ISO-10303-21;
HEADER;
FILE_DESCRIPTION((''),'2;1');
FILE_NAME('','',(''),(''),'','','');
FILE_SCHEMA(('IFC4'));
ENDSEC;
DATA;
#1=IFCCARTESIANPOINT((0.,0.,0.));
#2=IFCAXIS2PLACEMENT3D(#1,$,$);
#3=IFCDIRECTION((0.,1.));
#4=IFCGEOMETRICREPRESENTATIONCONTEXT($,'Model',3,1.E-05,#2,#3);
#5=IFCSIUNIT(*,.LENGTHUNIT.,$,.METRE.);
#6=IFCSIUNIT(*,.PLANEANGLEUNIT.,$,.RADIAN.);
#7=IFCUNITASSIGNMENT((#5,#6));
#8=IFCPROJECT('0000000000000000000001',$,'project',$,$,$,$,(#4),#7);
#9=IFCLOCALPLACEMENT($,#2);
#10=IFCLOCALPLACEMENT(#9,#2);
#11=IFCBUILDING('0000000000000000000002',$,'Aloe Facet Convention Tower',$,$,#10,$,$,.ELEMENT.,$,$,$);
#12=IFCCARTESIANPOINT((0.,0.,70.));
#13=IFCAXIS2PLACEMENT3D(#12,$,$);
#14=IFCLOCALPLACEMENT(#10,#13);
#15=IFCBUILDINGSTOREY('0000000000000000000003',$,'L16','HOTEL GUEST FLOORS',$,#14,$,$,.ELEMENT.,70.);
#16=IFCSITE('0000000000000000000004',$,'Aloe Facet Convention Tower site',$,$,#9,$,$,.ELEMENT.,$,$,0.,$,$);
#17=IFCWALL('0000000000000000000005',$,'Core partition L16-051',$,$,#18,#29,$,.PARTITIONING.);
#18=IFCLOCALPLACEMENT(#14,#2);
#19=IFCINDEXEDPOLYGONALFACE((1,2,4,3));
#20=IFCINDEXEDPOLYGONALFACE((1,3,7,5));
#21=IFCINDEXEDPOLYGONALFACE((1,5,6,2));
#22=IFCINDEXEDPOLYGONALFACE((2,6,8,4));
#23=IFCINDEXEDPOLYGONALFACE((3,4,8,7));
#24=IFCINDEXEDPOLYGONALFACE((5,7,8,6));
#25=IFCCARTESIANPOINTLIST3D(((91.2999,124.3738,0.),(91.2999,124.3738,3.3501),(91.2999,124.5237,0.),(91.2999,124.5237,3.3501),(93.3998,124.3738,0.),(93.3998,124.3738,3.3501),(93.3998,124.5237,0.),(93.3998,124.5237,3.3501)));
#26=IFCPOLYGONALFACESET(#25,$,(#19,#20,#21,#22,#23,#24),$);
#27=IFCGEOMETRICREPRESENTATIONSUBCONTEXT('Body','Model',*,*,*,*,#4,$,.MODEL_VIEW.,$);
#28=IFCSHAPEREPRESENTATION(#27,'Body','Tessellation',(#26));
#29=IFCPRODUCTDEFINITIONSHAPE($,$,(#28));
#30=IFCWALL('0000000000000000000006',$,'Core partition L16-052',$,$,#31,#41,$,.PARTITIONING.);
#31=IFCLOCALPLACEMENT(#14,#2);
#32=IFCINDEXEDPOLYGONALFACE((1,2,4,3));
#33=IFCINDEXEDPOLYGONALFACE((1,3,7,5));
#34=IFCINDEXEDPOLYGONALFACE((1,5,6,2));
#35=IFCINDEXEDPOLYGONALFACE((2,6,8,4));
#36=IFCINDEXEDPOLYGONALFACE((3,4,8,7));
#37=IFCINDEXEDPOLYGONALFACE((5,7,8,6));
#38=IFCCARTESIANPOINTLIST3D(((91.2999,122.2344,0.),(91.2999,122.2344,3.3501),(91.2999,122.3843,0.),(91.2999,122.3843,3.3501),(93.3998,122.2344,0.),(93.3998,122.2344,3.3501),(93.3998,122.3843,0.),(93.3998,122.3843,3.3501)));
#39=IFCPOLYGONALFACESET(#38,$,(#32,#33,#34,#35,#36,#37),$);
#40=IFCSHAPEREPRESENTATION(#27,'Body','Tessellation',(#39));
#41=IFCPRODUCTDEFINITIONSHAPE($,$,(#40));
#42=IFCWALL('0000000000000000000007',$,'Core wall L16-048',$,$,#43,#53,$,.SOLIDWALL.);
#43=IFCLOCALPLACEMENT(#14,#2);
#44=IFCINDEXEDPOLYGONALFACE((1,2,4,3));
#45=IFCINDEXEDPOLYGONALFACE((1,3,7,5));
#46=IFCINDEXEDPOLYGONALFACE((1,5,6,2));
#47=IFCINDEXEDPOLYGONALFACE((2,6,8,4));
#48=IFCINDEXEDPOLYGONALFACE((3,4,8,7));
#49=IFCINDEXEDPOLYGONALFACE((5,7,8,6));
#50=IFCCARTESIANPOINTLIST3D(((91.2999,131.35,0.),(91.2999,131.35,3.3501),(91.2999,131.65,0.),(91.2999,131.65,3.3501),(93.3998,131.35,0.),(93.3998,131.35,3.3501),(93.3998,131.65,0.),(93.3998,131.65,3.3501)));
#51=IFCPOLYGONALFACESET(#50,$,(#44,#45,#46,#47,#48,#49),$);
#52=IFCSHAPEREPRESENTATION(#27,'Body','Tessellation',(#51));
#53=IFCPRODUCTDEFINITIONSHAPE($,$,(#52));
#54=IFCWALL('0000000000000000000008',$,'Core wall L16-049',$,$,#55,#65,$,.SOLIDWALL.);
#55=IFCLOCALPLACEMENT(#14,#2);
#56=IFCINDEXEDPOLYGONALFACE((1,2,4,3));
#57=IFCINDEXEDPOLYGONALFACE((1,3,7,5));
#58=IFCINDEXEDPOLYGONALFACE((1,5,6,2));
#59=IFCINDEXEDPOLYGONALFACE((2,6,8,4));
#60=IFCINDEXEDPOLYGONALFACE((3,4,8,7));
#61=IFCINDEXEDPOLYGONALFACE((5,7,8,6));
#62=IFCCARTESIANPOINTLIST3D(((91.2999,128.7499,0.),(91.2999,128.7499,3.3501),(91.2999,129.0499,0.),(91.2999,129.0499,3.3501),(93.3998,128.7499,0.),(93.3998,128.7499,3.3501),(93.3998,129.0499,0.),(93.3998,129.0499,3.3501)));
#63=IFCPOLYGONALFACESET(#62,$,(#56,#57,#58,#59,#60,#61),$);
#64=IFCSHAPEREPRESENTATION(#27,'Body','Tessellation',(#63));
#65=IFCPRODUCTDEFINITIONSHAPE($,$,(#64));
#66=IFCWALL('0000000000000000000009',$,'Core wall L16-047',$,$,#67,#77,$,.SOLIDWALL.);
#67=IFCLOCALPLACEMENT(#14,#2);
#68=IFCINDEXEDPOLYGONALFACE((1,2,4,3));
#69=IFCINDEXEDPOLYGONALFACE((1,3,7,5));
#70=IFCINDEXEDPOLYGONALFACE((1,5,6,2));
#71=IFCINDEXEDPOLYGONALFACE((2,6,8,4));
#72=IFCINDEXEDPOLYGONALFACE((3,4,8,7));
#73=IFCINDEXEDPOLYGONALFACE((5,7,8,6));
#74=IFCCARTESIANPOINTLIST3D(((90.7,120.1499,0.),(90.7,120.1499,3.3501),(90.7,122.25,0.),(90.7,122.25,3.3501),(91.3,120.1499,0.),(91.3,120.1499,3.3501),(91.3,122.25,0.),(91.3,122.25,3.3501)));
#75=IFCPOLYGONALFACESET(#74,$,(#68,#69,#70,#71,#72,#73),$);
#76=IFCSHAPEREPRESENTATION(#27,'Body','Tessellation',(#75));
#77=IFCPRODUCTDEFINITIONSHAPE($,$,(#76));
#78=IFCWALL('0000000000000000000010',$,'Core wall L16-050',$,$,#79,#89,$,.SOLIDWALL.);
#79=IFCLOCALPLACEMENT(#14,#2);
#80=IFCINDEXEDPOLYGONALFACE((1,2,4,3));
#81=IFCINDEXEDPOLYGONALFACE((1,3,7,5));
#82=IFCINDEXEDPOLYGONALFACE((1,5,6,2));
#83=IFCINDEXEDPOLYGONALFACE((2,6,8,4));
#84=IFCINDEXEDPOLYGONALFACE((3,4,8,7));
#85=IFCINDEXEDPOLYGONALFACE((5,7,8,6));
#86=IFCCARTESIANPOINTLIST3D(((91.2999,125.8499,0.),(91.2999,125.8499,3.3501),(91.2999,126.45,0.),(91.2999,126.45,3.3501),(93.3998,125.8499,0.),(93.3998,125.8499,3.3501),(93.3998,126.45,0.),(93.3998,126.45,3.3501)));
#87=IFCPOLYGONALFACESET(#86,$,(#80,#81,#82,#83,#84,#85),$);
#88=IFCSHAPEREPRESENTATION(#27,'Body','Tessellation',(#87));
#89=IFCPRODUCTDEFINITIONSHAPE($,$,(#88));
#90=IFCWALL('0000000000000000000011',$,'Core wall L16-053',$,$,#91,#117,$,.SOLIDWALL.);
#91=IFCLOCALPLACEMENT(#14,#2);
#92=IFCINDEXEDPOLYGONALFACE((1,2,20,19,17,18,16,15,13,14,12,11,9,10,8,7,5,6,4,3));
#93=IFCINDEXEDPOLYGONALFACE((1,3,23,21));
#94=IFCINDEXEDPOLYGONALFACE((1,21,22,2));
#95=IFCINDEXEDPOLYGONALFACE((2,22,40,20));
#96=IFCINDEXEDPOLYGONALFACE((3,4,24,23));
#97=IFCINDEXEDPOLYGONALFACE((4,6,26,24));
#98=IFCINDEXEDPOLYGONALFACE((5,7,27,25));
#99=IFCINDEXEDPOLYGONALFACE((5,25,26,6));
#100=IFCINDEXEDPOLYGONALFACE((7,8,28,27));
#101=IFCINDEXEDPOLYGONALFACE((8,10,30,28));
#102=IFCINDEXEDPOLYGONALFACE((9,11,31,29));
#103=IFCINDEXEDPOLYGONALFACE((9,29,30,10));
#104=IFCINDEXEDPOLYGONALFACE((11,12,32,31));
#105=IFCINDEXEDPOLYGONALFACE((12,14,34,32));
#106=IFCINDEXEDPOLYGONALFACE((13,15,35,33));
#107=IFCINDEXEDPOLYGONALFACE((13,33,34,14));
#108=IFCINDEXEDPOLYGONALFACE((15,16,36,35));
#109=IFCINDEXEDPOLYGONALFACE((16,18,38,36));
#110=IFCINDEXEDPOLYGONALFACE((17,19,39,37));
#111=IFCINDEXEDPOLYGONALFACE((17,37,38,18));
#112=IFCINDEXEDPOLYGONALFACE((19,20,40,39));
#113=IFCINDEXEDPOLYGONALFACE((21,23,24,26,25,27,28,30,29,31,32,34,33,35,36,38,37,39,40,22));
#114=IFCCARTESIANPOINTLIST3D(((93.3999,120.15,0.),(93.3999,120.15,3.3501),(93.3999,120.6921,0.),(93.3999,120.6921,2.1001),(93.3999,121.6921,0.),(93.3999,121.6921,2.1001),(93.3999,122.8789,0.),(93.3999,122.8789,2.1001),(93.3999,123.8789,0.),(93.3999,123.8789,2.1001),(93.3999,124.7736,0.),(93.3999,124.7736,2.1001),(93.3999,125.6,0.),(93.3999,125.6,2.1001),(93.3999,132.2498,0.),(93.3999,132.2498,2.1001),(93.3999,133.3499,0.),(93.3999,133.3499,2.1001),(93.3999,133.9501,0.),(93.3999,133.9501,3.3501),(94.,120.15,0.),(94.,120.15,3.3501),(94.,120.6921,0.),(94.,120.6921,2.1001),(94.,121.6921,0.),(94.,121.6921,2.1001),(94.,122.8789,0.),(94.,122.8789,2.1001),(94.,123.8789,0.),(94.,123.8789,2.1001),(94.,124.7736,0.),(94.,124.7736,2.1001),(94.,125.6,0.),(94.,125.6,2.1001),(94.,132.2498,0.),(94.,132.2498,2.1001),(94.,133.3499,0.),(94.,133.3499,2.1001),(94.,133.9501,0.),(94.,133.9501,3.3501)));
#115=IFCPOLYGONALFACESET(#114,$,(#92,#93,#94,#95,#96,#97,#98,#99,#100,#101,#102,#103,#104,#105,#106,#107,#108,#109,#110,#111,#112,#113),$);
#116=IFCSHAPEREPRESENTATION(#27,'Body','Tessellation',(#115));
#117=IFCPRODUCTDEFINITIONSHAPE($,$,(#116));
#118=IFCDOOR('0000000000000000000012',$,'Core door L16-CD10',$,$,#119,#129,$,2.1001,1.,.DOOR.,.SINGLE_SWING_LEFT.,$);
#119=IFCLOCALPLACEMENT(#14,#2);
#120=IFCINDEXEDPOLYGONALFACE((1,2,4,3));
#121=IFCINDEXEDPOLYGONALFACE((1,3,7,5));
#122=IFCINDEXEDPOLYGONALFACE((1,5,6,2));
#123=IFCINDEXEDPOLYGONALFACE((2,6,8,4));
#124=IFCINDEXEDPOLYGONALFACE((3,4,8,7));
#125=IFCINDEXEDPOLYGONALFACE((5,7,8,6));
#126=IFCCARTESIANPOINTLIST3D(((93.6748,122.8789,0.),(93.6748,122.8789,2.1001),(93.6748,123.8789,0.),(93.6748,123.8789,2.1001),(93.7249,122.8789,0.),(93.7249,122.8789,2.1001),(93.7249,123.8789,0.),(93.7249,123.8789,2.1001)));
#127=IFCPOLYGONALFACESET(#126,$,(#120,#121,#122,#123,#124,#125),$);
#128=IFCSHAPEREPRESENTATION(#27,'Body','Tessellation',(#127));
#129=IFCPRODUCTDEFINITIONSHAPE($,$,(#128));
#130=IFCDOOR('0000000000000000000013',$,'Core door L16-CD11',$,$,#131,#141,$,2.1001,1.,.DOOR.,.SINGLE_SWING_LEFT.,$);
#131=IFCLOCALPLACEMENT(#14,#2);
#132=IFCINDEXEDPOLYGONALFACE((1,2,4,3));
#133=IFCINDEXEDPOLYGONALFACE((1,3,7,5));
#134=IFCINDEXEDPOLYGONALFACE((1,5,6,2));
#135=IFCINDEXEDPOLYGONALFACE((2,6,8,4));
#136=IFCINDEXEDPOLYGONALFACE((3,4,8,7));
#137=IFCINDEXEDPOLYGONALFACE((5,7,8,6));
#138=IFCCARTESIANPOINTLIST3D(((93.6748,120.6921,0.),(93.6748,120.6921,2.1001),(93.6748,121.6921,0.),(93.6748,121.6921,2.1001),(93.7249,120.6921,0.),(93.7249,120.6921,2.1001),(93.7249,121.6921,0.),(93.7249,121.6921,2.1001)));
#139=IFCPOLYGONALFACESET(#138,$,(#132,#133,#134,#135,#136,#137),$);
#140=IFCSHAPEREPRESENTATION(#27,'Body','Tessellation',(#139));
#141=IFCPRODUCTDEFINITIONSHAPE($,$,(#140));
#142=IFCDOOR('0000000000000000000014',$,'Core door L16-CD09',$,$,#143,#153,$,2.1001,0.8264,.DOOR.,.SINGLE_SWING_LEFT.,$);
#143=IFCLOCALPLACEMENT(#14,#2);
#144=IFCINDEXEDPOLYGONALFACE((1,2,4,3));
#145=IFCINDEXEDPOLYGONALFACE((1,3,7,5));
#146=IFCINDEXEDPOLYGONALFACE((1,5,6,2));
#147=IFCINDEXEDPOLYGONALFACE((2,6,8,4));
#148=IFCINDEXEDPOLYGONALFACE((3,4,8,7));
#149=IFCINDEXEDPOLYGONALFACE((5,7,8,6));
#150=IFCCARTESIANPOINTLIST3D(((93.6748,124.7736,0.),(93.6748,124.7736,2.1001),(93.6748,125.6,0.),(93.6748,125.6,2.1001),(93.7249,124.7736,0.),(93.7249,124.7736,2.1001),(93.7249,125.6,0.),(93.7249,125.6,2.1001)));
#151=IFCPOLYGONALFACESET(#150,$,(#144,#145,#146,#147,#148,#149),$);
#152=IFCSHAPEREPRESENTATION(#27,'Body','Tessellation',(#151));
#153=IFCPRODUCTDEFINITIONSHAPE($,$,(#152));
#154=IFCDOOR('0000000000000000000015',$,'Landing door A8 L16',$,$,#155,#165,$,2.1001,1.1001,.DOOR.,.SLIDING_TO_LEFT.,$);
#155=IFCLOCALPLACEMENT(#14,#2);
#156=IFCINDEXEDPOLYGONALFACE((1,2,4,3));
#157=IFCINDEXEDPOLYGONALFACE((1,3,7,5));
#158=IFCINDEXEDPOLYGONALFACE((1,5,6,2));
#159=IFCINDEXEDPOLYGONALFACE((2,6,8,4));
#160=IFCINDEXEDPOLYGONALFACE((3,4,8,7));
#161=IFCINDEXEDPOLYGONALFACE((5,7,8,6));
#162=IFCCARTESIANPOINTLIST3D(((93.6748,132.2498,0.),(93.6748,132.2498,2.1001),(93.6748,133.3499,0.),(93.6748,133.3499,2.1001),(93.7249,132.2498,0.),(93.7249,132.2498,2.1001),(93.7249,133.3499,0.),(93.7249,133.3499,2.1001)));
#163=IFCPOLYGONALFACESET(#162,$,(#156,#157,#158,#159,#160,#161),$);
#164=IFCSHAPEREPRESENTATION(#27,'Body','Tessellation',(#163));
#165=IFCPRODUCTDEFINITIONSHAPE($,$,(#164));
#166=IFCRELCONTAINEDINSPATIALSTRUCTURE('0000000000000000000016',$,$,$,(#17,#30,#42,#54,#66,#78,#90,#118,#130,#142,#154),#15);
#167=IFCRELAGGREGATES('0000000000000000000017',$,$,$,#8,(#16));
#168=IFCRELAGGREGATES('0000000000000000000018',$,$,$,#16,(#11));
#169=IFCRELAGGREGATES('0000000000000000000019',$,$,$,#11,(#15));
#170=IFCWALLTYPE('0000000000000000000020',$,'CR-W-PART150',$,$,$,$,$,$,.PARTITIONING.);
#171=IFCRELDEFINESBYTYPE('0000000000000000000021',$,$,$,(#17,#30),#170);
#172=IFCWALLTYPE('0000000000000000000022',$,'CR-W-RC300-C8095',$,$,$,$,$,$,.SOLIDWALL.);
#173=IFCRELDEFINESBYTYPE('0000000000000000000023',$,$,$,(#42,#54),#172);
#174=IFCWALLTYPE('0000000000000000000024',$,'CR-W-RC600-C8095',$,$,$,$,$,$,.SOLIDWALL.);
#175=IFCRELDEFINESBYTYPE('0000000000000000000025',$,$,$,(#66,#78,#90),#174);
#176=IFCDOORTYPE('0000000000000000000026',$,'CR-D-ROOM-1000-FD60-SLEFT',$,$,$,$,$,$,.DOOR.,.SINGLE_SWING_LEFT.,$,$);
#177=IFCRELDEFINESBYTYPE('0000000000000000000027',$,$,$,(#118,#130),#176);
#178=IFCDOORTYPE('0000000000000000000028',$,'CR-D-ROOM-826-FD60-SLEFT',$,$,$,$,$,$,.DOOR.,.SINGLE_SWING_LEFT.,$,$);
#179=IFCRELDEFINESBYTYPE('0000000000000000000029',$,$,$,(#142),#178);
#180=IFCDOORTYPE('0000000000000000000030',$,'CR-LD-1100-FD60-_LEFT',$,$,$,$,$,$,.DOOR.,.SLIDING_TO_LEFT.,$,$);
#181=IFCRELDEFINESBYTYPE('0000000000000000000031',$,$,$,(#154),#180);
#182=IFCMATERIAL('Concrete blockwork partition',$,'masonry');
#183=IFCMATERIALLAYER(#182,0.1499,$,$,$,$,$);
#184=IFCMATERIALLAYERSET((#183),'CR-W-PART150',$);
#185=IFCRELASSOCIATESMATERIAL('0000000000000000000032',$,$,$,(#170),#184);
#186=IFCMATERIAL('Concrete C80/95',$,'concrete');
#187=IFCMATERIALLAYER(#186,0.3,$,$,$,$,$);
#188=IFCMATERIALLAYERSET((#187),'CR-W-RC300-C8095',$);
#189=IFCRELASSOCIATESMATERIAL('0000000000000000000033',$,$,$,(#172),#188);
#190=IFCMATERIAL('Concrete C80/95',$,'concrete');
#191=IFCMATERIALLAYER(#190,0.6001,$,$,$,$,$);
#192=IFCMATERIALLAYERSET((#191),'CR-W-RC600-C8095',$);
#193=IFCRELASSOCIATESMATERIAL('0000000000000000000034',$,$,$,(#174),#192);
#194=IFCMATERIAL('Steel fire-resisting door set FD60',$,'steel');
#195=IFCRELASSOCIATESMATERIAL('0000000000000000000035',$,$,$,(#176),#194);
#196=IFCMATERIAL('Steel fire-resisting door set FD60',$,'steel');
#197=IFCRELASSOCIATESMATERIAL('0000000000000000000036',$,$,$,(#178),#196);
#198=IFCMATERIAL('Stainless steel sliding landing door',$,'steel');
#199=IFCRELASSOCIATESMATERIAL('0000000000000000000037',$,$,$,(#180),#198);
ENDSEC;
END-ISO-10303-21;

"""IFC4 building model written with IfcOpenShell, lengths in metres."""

from ifc_helpers import new_model, si_unit, direction, frame, frame_2d, origin, place, context, subcontext, project, spatial, rectangle, extrude, material, layer, layer_set, type_object, element, fill, save


model = new_model("IFC4")

# Units and contexts
model_context = context("Model", 3, precision=1e-05, world=origin(), true_north=direction((0.0, 1.0)))
body_context = subcontext(model_context, "Body", "Model", "MODEL_VIEW")
ifc_project = project(units=[si_unit("LENGTHUNIT", "METRE"), si_unit("PLANEANGLEUNIT", "RADIAN")], contexts=[model_context])

# Site, building, storey
site_placement = place(None, origin())
site = spatial("IfcSite", under=ifc_project, at=site_placement, Name="Aloe Facet Convention Tower site", CompositionType="ELEMENT", RefElevation=0.0)
building_placement = place(site_placement, origin())
building = spatial("IfcBuilding", under=site, at=building_placement, Name="Aloe Facet Convention Tower", CompositionType="ELEMENT")
storey_placement = place(building_placement, frame((0.0, 0.0, 70.0)))
storey = spatial("IfcBuildingStorey", under=building, at=storey_placement, Name="L16", Description="HOTEL GUEST FLOORS", CompositionType="ELEMENT", Elevation=70.0)

# Walls
ifc_material_1 = material(Name="Concrete blockwork partition", Category="masonry")
ifc_layer_1 = layer(ifc_material_1, 0.1499)
ifc_layer_set_1 = layer_set([ifc_layer_1], Name="CR-W-PART150")
wall_type_1 = type_object("IfcWallType", Name="CR-W-PART150", PredefinedType="PARTITIONING", material=ifc_layer_set_1)
for number, where, z_axis, x_axis, name in (
    (1, (91.3, 124.4487, 0.0), (0.0, 0.0, 1.0), (1.0, 0.0, 0.0), "Core partition L16-051"),
    (2, (91.3, 122.3093, 0.0), (0.0, 0.0, 1.0), (1.0, 0.0, 0.0), "Core partition L16-052"),
):
    element("IfcWall", number, at=place(storey_placement, frame(where, z_axis=z_axis, x_axis=x_axis)), inside=storey, type_object=wall_type_1, Name=name, PredefinedType="PARTITIONING", context=body_context, shape_type="SweptSolid", body=[
        extrude(rectangle(XDim=2.0999, YDim=0.1499, at=frame_2d((1.0498, 0.0))), origin(), (0.0, 0.0, 1.0), 3.3501),
    ])
ifc_material_2 = material(Name="Concrete C80/95", Category="concrete")
ifc_layer_2 = layer(ifc_material_2, 0.3)
ifc_layer_set_2 = layer_set([ifc_layer_2], Name="CR-W-RC300-C8095")
wall_type_2 = type_object("IfcWallType", Name="CR-W-RC300-C8095", PredefinedType="SOLIDWALL", material=ifc_layer_set_2)
for number, where, z_axis, x_axis, name in (
    (3, (91.3, 131.5, 0.0), (0.0, 0.0, 1.0), (1.0, 0.0, 0.0), "Core wall L16-048"),
    (4, (91.3, 128.8999, 0.0), (0.0, 0.0, 1.0), (1.0, 0.0, 0.0), "Core wall L16-049"),
):
    element("IfcWall", number, at=place(storey_placement, frame(where, z_axis=z_axis, x_axis=x_axis)), inside=storey, type_object=wall_type_2, Name=name, PredefinedType="SOLIDWALL", context=body_context, shape_type="SweptSolid", body=[
        extrude(rectangle(XDim=2.0999, YDim=0.3, at=frame_2d((1.0498, 0.0))), origin(), (0.0, 0.0, 1.0), 3.3501),
    ])
ifc_material_3 = material(Name="Concrete C80/95", Category="concrete")
ifc_layer_3 = layer(ifc_material_3, 0.6001)
ifc_layer_set_3 = layer_set([ifc_layer_3], Name="CR-W-RC600-C8095")
wall_type_3 = type_object("IfcWallType", Name="CR-W-RC600-C8095", PredefinedType="SOLIDWALL", material=ifc_layer_set_3)
wall_1_placement = place(storey_placement, frame((91.0, 122.25, 0.0), z_axis=(0.0, 0.0, 1.0), x_axis=(0.0, -1.0, 0.0)))
element("IfcWall", 5, at=wall_1_placement, inside=storey, type_object=wall_type_3, Name="Core wall L16-047", PredefinedType="SOLIDWALL", context=body_context, shape_type="SweptSolid", body=[
    extrude(rectangle(XDim=2.1001, YDim=0.6001, at=frame_2d((1.05, 0.0))), origin(), (0.0, 0.0, 1.0), 3.3501),
])
wall_2_placement = place(storey_placement, frame((91.3, 126.1499, 0.0), z_axis=(0.0, 0.0, 1.0), x_axis=(1.0, 0.0, 0.0)))
element("IfcWall", 6, at=wall_2_placement, inside=storey, type_object=wall_type_3, Name="Core wall L16-050", PredefinedType="SOLIDWALL", context=body_context, shape_type="SweptSolid", body=[
    extrude(rectangle(XDim=2.0999, YDim=0.6001, at=frame_2d((1.0498, 0.0))), origin(), (0.0, 0.0, 1.0), 3.3501),
])

# Wall, openings, doors
wall_3_placement = place(storey_placement, frame((93.7, 133.95, 0.0), z_axis=(0.0, 0.0, 1.0), x_axis=(0.0, -1.0, 0.0)))
wall_3 = element("IfcWall", 7, at=wall_3_placement, inside=storey, type_object=wall_type_3, Name="Core wall L16-053", PredefinedType="SOLIDWALL", context=body_context, shape_type="SweptSolid", body=[
    extrude(rectangle(XDim=13.8, YDim=0.6001, at=frame_2d((6.8999, 0.0))), origin(), (0.0, 0.0, 1.0), 3.3501),
])
opening_1_placement = place(wall_3_placement, frame((0.6001, 0.0, 0.0)))
opening_1 = element("IfcOpeningElement", 8, at=opening_1_placement, cuts=wall_3, PredefinedType="OPENING", context=body_context, shape_type="SweptSolid", body=[
    extrude(rectangle(XDim=1.1001, YDim=2.1001, at=frame_2d((0.55, 1.05))), frame((0.0, 0.3101, 0.0), z_axis=(0.0, -1.0, 0.0), x_axis=(1.0, 0.0, 0.0)), (0.0, 0.0, 1.0), 0.6201),
])
opening_2_placement = place(wall_3_placement, frame((8.3501, 0.0, 0.0)))
opening_2 = element("IfcOpeningElement", 9, at=opening_2_placement, cuts=wall_3, PredefinedType="OPENING", context=body_context, shape_type="SweptSolid", body=[
    extrude(rectangle(XDim=0.8264, YDim=2.1001, at=frame_2d((0.4131, 1.05))), frame((0.0, 0.3101, 0.0), z_axis=(0.0, -1.0, 0.0), x_axis=(1.0, 0.0, 0.0)), (0.0, 0.0, 1.0), 0.6201),
])
opening_3_placement = place(wall_3_placement, frame((10.071, 0.0, 0.0)))
opening_3 = element("IfcOpeningElement", 10, at=opening_3_placement, cuts=wall_3, PredefinedType="OPENING", context=body_context, shape_type="SweptSolid", body=[
    extrude(rectangle(XDim=1.0, YDim=2.1001, at=frame_2d((0.5, 1.05))), frame((0.0, 0.3101, 0.0), z_axis=(0.0, -1.0, 0.0), x_axis=(1.0, 0.0, 0.0)), (0.0, 0.0, 1.0), 0.6201),
])
opening_4_placement = place(wall_3_placement, frame((12.2578, 0.0, 0.0)))
opening_4 = element("IfcOpeningElement", 11, at=opening_4_placement, cuts=wall_3, PredefinedType="OPENING", context=body_context, shape_type="SweptSolid", body=[
    extrude(rectangle(XDim=1.0, YDim=2.1001, at=frame_2d((0.5, 1.05))), frame((0.0, 0.3101, 0.0), z_axis=(0.0, -1.0, 0.0), x_axis=(1.0, 0.0, 0.0)), (0.0, 0.0, 1.0), 0.6201),
])
ifc_material_4 = material(Name="Steel fire-resisting door set FD60", Category="steel")
door_type_1 = type_object("IfcDoorType", Name="CR-D-ROOM-1000-FD60-SLEFT", OperationType="SINGLE_SWING_LEFT", PredefinedType="DOOR", material=ifc_material_4)
door_1_placement = place(opening_3_placement, origin())
door_1 = element("IfcDoor", 12, at=door_1_placement, inside=storey, type_object=door_type_1, Name="Core door L16-CD10", OperationType="SINGLE_SWING_LEFT", OverallHeight=2.1001, OverallWidth=1.0, PredefinedType="DOOR", context=body_context, shape_type="SweptSolid", body=[
    extrude(rectangle(XDim=1.0, YDim=2.1001, at=frame_2d((0.5, 1.05))), frame((0.0, 0.0249, 0.0), z_axis=(0.0, -1.0, 0.0), x_axis=(1.0, 0.0, 0.0)), (0.0, 0.0, 1.0), 0.05),
])
fill(opening_3, door_1)
door_2_placement = place(opening_4_placement, origin())
door_2 = element("IfcDoor", 13, at=door_2_placement, inside=storey, type_object=door_type_1, Name="Core door L16-CD11", OperationType="SINGLE_SWING_LEFT", OverallHeight=2.1001, OverallWidth=1.0, PredefinedType="DOOR", context=body_context, shape_type="SweptSolid", body=[
    extrude(rectangle(XDim=1.0, YDim=2.1001, at=frame_2d((0.5, 1.05))), frame((0.0, 0.0249, 0.0), z_axis=(0.0, -1.0, 0.0), x_axis=(1.0, 0.0, 0.0)), (0.0, 0.0, 1.0), 0.05),
])
fill(opening_4, door_2)
ifc_material_5 = material(Name="Steel fire-resisting door set FD60", Category="steel")
door_type_2 = type_object("IfcDoorType", Name="CR-D-ROOM-826-FD60-SLEFT", OperationType="SINGLE_SWING_LEFT", PredefinedType="DOOR", material=ifc_material_5)
door_3_placement = place(opening_2_placement, origin())
door_3 = element("IfcDoor", 14, at=door_3_placement, inside=storey, type_object=door_type_2, Name="Core door L16-CD09", OperationType="SINGLE_SWING_LEFT", OverallHeight=2.1001, OverallWidth=0.8264, PredefinedType="DOOR", context=body_context, shape_type="SweptSolid", body=[
    extrude(rectangle(XDim=0.8264, YDim=2.1001, at=frame_2d((0.4131, 1.05))), frame((0.0, 0.0249, 0.0), z_axis=(0.0, -1.0, 0.0), x_axis=(1.0, 0.0, 0.0)), (0.0, 0.0, 1.0), 0.05),
])
fill(opening_2, door_3)
ifc_material_6 = material(Name="Stainless steel sliding landing door", Category="steel")
door_type_3 = type_object("IfcDoorType", Name="CR-LD-1100-FD60-_LEFT", OperationType="SLIDING_TO_LEFT", PredefinedType="DOOR", material=ifc_material_6)
door_4_placement = place(opening_1_placement, origin())
door_4 = element("IfcDoor", 15, at=door_4_placement, inside=storey, type_object=door_type_3, Name="Landing door A8 L16", OperationType="SLIDING_TO_LEFT", OverallHeight=2.1001, OverallWidth=1.1001, PredefinedType="DOOR", context=body_context, shape_type="SweptSolid", body=[
    extrude(rectangle(XDim=1.1001, YDim=2.1001, at=frame_2d((0.55, 1.05))), frame((0.0, 0.0249, 0.0), z_axis=(0.0, -1.0, 0.0), x_axis=(1.0, 0.0, 0.0)), (0.0, 0.0, 1.0), 0.05),
])
fill(opening_1, door_4)

save(model, "model.ifc")
